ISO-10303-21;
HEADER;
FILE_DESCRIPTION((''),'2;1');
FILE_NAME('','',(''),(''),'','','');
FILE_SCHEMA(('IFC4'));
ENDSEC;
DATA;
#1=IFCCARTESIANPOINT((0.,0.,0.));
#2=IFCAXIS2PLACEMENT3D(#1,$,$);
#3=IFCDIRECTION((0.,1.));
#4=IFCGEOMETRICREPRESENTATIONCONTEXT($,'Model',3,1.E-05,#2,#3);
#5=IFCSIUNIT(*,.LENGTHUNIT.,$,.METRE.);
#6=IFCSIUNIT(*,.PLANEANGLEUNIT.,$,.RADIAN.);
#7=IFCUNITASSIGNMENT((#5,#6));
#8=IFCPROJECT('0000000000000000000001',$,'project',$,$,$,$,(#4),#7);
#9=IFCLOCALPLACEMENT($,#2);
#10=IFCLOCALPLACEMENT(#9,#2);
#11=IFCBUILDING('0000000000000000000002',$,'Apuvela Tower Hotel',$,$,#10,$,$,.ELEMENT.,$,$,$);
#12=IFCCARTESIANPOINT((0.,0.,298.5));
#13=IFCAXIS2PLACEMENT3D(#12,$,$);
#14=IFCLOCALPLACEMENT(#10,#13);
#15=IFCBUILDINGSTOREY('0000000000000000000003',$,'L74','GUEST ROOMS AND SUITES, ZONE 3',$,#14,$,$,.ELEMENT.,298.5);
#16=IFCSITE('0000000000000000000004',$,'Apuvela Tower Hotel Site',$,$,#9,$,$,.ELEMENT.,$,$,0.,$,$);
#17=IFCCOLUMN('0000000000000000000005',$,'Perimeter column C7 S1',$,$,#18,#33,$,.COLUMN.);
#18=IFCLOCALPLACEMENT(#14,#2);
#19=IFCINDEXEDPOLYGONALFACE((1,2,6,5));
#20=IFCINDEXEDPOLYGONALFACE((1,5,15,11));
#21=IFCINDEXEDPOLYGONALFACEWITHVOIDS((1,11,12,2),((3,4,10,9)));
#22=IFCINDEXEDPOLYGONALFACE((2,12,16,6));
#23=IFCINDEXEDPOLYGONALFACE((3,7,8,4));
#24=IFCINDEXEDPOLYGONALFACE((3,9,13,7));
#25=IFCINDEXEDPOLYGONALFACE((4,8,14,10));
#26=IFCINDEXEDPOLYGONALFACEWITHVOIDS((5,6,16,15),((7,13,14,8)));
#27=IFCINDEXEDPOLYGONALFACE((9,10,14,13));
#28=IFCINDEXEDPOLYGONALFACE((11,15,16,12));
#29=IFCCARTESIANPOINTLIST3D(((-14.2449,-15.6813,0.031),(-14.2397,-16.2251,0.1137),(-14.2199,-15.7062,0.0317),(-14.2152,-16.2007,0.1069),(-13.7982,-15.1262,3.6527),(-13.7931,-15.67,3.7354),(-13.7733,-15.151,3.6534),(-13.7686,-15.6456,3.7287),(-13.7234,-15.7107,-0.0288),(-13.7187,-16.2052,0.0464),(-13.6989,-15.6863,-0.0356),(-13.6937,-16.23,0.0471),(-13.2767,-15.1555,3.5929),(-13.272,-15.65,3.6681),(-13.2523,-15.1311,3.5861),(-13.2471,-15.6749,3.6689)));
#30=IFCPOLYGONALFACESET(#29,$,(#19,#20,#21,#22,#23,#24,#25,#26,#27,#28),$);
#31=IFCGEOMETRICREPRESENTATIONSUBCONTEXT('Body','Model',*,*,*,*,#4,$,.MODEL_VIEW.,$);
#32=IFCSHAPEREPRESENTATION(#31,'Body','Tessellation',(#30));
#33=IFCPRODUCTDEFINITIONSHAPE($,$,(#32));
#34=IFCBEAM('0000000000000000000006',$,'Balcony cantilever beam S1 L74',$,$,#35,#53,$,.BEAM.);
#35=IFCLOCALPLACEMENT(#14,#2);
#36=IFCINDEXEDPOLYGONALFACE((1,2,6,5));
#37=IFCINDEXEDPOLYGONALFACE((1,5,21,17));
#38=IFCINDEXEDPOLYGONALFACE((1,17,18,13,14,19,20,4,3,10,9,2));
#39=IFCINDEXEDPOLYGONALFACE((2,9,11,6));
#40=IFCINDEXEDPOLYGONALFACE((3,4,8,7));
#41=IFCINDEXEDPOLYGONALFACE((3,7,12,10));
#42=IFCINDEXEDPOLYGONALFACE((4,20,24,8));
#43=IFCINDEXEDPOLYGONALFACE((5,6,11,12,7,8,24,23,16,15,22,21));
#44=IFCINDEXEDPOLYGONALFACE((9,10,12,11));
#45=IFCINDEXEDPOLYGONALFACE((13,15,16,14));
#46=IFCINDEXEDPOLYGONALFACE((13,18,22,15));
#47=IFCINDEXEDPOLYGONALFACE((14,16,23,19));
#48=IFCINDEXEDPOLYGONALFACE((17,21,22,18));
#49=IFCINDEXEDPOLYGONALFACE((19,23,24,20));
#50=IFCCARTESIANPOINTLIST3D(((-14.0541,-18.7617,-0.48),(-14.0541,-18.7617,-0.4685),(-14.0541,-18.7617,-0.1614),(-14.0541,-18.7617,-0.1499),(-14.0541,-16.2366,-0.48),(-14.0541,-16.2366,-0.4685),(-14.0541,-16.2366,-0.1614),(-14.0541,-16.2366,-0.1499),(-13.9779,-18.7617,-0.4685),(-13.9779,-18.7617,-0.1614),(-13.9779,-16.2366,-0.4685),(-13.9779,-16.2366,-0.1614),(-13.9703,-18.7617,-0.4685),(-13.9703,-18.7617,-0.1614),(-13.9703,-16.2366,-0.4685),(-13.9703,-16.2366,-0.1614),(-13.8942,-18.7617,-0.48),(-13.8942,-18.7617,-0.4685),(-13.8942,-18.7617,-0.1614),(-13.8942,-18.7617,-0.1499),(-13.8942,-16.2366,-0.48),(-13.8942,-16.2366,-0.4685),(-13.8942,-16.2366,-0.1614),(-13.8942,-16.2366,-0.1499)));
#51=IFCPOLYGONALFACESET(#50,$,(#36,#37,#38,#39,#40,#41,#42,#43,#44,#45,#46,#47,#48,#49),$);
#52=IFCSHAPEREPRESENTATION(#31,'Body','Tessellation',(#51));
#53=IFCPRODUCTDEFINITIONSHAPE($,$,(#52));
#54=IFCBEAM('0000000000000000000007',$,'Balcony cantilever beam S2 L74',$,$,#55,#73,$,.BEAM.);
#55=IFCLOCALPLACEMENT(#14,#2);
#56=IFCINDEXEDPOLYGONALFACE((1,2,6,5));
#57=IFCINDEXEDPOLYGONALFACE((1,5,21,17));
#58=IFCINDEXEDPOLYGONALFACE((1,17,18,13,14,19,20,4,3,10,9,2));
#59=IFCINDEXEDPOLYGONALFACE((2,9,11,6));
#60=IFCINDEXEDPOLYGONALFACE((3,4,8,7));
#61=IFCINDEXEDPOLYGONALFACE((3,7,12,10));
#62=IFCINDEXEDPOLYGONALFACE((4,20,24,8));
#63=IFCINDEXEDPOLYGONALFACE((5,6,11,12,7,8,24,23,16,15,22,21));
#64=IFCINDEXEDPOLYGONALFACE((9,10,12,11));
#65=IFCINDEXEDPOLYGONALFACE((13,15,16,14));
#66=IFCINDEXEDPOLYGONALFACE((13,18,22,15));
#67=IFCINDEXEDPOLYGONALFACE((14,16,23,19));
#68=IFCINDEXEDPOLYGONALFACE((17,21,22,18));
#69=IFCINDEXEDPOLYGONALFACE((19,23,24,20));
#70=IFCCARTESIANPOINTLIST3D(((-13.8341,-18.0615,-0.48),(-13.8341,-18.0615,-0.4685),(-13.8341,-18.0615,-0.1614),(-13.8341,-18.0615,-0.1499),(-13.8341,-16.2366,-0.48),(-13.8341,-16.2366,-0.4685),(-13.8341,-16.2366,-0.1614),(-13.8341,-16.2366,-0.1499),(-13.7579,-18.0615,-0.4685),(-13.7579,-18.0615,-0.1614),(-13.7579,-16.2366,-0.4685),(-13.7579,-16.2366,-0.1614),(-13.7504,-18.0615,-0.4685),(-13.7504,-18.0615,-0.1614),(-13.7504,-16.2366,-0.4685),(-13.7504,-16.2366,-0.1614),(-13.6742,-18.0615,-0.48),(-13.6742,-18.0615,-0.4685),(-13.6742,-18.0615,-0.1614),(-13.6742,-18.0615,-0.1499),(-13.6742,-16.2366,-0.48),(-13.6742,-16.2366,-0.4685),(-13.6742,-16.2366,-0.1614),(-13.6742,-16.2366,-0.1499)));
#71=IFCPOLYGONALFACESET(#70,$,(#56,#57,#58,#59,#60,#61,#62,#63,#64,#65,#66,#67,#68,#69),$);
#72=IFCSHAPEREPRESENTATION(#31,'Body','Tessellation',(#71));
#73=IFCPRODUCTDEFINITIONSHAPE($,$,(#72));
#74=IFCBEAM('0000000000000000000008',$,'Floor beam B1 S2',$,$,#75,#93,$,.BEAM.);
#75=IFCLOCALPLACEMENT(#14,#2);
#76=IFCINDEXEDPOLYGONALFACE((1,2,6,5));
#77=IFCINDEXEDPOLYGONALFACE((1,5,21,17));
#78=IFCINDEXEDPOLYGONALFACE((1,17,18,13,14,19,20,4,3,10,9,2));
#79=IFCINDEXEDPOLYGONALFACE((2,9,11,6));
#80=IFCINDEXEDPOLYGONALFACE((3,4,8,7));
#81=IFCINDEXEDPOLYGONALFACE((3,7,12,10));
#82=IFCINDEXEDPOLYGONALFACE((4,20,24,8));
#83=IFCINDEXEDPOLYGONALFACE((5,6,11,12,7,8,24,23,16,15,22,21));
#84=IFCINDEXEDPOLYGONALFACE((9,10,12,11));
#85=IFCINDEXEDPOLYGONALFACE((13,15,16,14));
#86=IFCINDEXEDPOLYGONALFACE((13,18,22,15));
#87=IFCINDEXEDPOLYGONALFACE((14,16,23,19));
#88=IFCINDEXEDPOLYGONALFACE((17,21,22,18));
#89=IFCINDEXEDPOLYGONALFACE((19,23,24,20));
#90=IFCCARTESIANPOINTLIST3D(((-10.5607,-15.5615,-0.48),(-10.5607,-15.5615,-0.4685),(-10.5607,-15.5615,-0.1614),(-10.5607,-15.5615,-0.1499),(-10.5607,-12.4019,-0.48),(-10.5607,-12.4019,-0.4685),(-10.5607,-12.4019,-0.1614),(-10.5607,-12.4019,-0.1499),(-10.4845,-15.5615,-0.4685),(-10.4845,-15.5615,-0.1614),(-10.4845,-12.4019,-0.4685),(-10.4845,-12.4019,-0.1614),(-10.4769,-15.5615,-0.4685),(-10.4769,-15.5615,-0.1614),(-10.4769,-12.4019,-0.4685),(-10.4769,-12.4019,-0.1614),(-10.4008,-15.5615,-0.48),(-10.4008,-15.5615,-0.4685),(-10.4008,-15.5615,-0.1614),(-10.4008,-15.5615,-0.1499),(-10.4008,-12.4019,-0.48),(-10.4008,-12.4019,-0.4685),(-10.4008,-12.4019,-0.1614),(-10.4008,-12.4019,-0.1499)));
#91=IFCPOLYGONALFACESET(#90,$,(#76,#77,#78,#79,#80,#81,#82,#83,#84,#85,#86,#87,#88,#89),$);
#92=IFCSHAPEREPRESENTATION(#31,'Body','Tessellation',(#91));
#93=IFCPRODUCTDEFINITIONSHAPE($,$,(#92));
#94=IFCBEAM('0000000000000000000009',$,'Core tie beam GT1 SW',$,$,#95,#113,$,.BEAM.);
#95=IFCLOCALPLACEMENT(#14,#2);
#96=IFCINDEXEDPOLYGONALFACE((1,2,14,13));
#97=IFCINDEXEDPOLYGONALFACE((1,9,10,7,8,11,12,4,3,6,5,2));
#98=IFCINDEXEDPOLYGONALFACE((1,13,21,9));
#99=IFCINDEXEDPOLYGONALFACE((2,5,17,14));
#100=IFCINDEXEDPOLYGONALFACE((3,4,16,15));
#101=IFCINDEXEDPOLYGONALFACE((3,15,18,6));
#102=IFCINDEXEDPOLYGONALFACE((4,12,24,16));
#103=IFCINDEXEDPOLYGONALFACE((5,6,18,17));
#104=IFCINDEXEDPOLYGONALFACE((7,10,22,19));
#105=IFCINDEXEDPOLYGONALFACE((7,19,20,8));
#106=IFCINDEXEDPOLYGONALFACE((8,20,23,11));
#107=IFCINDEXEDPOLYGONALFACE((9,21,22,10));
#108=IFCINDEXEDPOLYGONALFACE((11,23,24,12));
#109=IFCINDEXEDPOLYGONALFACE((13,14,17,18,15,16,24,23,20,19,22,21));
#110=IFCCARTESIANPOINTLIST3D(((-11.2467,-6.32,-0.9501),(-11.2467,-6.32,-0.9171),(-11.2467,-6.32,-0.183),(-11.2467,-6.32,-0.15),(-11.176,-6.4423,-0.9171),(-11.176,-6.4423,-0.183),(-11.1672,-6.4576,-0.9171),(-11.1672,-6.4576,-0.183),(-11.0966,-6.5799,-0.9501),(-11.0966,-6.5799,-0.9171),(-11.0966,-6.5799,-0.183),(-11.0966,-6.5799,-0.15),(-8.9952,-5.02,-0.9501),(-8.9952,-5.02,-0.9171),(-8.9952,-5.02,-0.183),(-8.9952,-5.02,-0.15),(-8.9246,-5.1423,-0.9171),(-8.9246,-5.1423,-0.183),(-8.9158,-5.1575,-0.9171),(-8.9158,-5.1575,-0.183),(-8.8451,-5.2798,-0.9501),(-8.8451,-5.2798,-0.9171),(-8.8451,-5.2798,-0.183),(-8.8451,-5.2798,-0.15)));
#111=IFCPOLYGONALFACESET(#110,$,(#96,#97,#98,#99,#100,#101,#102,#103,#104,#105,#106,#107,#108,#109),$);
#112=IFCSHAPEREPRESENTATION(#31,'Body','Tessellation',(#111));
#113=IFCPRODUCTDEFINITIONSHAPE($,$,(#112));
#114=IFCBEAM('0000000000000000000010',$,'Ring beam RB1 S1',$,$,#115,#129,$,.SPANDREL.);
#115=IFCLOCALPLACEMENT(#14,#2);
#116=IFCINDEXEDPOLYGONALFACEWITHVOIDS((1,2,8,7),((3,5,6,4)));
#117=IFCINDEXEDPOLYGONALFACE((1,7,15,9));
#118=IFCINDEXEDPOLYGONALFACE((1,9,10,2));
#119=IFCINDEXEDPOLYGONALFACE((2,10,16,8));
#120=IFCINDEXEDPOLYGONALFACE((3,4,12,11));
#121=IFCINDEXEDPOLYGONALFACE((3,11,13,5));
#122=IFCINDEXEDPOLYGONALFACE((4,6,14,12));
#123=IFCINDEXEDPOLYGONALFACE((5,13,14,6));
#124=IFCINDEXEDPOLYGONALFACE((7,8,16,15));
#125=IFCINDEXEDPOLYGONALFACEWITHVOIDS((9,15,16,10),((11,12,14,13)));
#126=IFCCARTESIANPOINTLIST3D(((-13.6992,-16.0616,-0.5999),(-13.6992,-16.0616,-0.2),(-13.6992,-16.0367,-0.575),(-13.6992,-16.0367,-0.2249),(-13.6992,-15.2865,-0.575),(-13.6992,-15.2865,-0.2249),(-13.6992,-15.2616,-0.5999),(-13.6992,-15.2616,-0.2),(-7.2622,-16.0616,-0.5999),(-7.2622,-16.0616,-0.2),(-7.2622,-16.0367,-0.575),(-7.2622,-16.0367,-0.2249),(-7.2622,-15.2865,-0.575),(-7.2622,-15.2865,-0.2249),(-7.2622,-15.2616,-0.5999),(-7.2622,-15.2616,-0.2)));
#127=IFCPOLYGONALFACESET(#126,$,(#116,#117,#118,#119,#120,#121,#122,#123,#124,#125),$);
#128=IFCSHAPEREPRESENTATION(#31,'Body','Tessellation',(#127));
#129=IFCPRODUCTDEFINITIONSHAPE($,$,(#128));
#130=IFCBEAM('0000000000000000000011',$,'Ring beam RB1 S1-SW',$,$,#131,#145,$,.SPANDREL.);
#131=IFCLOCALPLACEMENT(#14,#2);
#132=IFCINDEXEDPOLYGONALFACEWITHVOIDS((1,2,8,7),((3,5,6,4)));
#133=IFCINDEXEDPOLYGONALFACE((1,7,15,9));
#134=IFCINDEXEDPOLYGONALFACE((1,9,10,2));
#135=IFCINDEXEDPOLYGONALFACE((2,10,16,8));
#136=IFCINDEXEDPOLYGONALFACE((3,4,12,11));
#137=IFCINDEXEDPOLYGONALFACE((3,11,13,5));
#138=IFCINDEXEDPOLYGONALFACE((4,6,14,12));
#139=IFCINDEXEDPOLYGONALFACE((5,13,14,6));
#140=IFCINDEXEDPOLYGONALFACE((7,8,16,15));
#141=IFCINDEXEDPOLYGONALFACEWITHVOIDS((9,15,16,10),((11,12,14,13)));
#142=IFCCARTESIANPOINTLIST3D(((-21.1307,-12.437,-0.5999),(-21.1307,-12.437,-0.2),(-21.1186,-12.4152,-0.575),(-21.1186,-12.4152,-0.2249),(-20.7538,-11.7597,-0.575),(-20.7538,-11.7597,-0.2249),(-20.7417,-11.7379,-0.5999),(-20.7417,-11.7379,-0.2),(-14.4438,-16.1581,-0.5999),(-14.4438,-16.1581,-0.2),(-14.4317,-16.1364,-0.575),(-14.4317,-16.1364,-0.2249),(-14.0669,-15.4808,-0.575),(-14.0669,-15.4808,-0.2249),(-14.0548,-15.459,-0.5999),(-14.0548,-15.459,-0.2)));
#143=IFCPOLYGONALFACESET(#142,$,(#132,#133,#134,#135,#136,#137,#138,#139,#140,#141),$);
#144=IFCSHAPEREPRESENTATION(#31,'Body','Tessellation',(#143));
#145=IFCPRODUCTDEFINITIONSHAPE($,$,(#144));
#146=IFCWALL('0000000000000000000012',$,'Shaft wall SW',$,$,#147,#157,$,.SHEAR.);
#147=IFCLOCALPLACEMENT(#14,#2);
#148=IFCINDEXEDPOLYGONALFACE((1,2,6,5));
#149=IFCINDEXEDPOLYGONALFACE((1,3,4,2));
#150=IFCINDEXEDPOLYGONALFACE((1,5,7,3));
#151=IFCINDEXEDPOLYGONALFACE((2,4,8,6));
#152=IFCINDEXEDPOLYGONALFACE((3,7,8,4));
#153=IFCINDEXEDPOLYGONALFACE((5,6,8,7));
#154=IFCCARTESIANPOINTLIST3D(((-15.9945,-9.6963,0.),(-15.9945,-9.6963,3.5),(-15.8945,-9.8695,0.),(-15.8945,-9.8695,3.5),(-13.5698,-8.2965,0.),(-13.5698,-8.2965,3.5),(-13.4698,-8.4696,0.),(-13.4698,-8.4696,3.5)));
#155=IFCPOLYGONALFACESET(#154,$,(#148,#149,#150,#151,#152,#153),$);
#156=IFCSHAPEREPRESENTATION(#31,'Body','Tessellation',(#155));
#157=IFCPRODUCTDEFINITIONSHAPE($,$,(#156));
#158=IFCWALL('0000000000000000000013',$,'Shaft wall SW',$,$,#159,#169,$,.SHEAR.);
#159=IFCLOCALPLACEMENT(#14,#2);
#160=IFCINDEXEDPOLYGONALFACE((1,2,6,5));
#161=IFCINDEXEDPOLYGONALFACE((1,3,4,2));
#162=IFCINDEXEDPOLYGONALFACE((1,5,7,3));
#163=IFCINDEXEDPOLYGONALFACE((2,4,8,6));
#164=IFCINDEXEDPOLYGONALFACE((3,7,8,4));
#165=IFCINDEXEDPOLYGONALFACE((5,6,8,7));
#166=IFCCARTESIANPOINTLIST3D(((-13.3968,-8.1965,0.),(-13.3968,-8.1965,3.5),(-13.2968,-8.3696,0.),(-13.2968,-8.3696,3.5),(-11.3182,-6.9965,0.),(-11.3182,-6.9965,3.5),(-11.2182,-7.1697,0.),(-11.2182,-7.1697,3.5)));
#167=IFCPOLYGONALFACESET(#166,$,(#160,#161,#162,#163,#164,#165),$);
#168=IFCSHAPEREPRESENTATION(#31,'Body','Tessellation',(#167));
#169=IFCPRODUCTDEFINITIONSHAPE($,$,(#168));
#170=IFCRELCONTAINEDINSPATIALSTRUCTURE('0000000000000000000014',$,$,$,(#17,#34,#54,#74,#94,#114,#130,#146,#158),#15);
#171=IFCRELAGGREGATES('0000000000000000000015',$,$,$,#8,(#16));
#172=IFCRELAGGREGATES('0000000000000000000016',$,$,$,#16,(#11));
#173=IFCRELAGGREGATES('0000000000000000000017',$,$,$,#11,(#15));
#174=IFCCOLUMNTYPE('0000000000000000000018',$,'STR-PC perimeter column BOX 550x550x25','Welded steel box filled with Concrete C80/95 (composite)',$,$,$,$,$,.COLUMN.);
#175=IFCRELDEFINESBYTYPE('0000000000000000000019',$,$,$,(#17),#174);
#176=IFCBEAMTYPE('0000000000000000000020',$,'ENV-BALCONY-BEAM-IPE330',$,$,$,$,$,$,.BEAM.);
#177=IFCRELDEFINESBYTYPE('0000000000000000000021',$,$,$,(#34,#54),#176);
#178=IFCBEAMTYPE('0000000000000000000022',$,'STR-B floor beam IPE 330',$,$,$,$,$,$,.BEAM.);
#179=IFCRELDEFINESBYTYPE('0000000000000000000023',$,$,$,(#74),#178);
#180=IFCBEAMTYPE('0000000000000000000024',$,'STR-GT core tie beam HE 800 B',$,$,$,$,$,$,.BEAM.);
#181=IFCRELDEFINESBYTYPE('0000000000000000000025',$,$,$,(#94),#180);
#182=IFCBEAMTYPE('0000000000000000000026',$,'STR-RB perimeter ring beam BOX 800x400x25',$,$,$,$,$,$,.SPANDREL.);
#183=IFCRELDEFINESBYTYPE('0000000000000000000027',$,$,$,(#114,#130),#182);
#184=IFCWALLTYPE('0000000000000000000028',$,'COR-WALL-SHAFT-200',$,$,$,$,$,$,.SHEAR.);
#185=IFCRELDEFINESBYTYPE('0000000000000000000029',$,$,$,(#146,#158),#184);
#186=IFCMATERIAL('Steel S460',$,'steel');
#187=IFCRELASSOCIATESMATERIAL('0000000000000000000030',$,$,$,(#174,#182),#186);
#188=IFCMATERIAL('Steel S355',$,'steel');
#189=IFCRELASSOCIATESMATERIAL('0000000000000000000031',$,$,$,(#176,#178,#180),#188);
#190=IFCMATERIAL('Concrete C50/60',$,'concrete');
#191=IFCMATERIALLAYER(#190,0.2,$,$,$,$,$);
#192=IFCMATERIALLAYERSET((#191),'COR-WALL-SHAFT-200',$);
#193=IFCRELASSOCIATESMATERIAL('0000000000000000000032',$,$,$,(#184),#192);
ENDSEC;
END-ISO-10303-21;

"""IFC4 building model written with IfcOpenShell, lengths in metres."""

from ifc_helpers import new_model, si_unit, direction, frame, frame_2d, origin, origin_2d, place, context, subcontext, project, spatial, rectangle, hollow_rectangle, i_section, extrude, boolean, halfspace, material, layer, layer_set, material_profile, profile_set, type_object, element, save


model = new_model("IFC4")

# Units and contexts
model_context = context("Model", 3, precision=1e-05, world=origin(), true_north=direction((0.0, 1.0)))
body_context = subcontext(model_context, "Body", "Model", "MODEL_VIEW")
ifc_project = project(units=[si_unit("LENGTHUNIT", "METRE"), si_unit("PLANEANGLEUNIT", "RADIAN")], contexts=[model_context])

# Site, building, storey
site_placement = place(None, origin())
site = spatial("IfcSite", under=ifc_project, at=site_placement, Name="Apuvela Tower Hotel Site", CompositionType="ELEMENT", RefElevation=0.0)
building_placement = place(site_placement, origin())
building = spatial("IfcBuilding", under=site, at=building_placement, Name="Apuvela Tower Hotel", CompositionType="ELEMENT")
storey_placement = place(building_placement, frame((0.0, 0.0, 298.5)))
storey = spatial("IfcBuildingStorey", under=building, at=storey_placement, Name="L74", Description="GUEST ROOMS AND SUITES, ZONE 3", CompositionType="ELEMENT", Elevation=298.5)

# Column
ifc_material_1 = material(Name="Steel S460", Category="steel")
ifc_material_profile_1 = material_profile(ifc_material_1, hollow_rectangle(XDim=0.55, YDim=0.55, WallThickness=0.0249, at=origin_2d()), Name="BOX 550x550x25")
ifc_material_2 = material(Name="Concrete C80/95", Category="concrete")
ifc_material_profile_2 = material_profile(ifc_material_2, rectangle(XDim=0.5, YDim=0.5, at=origin_2d()), Name="Concrete C80/95 infill")
ifc_profile_set_1 = profile_set([ifc_material_profile_1, ifc_material_profile_2], Name="Steel S460")
column_type = type_object("IfcColumnType", Name="STR-PC perimeter column BOX 550x550x25", Description="Welded steel box filled with Concrete C80/95 (composite)", PredefinedType="COLUMN", material=ifc_profile_set_1)
column_placement = place(storey_placement, frame((-13.9741, -15.9617, 0.0), z_axis=(0.121006, 0.1504, 0.981192), x_axis=(-0.992607, 0.00896, 0.121041)))
element("IfcColumn", 1, at=column_placement, inside=storey, type_object=column_type, Name="Perimeter column C7 S1", PredefinedType="COLUMN", context=body_context, shape_type="SweptSolid", body=[
    boolean("DIFFERENCE", boolean("DIFFERENCE", extrude(hollow_rectangle(XDim=0.55, YDim=0.55, WallThickness=0.0249, at=origin_2d()), origin(), (0.0, 0.0, 1.0), 3.771), halfspace(frame((0.0, 0.0, 0.0398), z_axis=(0.0, 0.0, 1.0), x_axis=(1.0, 0.0, 0.0)), True)), halfspace(frame((0.0, 0.0, 3.731), z_axis=(0.0, 0.0, 1.0), x_axis=(1.0, 0.0, 0.0)), False)),
])

# Beams
ifc_material_3 = material(Name="Steel S355", Category="steel")
ifc_material_profile_3 = material_profile(ifc_material_3, i_section(OverallWidth=0.1599, OverallDepth=0.3301, WebThickness=0.0076, FlangeThickness=0.0115, at=origin_2d()), Name="IPE 330")
ifc_profile_set_2 = profile_set([ifc_material_profile_3], Name="Steel S355")
beam_type_1 = type_object("IfcBeamType", Name="ENV-BALCONY-BEAM-IPE330", PredefinedType="BEAM", material=ifc_profile_set_2)
beam_1_placement = place(storey_placement, frame((-13.9741, -16.2366, -0.3149), z_axis=(0.0, -1.0, 0.0), x_axis=(1.0, 0.0, 0.0)))
element("IfcBeam", 2, at=beam_1_placement, inside=storey, type_object=beam_type_1, Name="Balcony cantilever beam S1 L74", PredefinedType="BEAM", context=body_context, shape_type="SweptSolid", body=[
    extrude(i_section(OverallWidth=0.1599, OverallDepth=0.3301, WebThickness=0.0076, FlangeThickness=0.0115, at=origin_2d()), origin(), (0.0, 0.0, 1.0), 2.5251),
])
beam_2_placement = place(storey_placement, frame((-13.7542, -16.2366, -0.3149), z_axis=(0.0, -1.0, 0.0), x_axis=(1.0, 0.0, 0.0)))
element("IfcBeam", 3, at=beam_2_placement, inside=storey, type_object=beam_type_1, Name="Balcony cantilever beam S2 L74", PredefinedType="BEAM", context=body_context, shape_type="SweptSolid", body=[
    extrude(i_section(OverallWidth=0.1599, OverallDepth=0.3301, WebThickness=0.0076, FlangeThickness=0.0115, at=origin_2d()), origin(), (0.0, 0.0, 1.0), 1.825),
])
ifc_material_profile_4 = material_profile(ifc_material_3, i_section(OverallWidth=0.1599, OverallDepth=0.3301, WebThickness=0.0076, FlangeThickness=0.0115, at=origin_2d()), Name="IPE 330")
ifc_profile_set_3 = profile_set([ifc_material_profile_4], Name="Steel S355")
beam_type_2 = type_object("IfcBeamType", Name="STR-B floor beam IPE 330", PredefinedType="BEAM", material=ifc_profile_set_3)
beam_3_placement = place(storey_placement, frame((-10.4807, -15.5615, -0.3149), z_axis=(0.0, 1.0, 0.0), x_axis=(-1.0, 0.0, 0.0)))
element("IfcBeam", 4, at=beam_3_placement, inside=storey, type_object=beam_type_2, Name="Floor beam B1 S2", PredefinedType="BEAM", context=body_context, shape_type="SweptSolid", body=[
    extrude(i_section(OverallWidth=0.1599, OverallDepth=0.3301, WebThickness=0.0076, FlangeThickness=0.0115, at=origin_2d()), origin(), (0.0, 0.0, 1.0), 3.1597),
])
ifc_material_profile_5 = material_profile(ifc_material_3, i_section(OverallWidth=0.3, OverallDepth=0.8, WebThickness=0.0176, FlangeThickness=0.033, at=origin_2d()), Name="HE 800 B")
ifc_profile_set_4 = profile_set([ifc_material_profile_5], Name="Steel S355")
beam_type_3 = type_object("IfcBeamType", Name="STR-GT core tie beam HE 800 B", PredefinedType="BEAM", material=ifc_profile_set_4)
beam_4_placement = place(storey_placement, frame((-11.1716, -6.45, -0.55), z_axis=(0.865998, 0.500048, 0.0), x_axis=(-0.500048, 0.865998, 0.0)))
element("IfcBeam", 5, at=beam_4_placement, inside=storey, type_object=beam_type_3, Name="Core tie beam GT1 SW", PredefinedType="BEAM", context=body_context, shape_type="SweptSolid", body=[
    extrude(i_section(OverallWidth=0.3, OverallDepth=0.8, WebThickness=0.0176, FlangeThickness=0.033, at=origin_2d()), origin(), (0.0, 0.0, 1.0), 2.5999),
])
ifc_material_profile_6 = material_profile(ifc_material_1, hollow_rectangle(XDim=0.8, YDim=0.3999, WallThickness=0.0249, at=origin_2d()), Name="BOX 800x400x25")
ifc_profile_set_5 = profile_set([ifc_material_profile_6], Name="Steel S460")
beam_type_4 = type_object("IfcBeamType", Name="STR-RB perimeter ring beam BOX 800x400x25", PredefinedType="SPANDREL", material=ifc_profile_set_5)
beam_5_placement = place(storey_placement, frame((-13.6992, -15.6616, -0.3999), z_axis=(1.0, 0.0, 0.0), x_axis=(0.0, 1.0, 0.0)))
element("IfcBeam", 6, at=beam_5_placement, inside=storey, type_object=beam_type_4, Name="Ring beam RB1 S1", PredefinedType="SPANDREL", context=body_context, shape_type="SweptSolid", body=[
    extrude(hollow_rectangle(XDim=0.8, YDim=0.3999, WallThickness=0.0249, at=origin_2d()), origin(), (0.0, 0.0, 1.0), 6.437),
])
beam_6_placement = place(storey_placement, frame((-14.2493, -15.8086, -0.3999), z_axis=(-0.873814, 0.48626, 0.0), x_axis=(-0.48626, -0.873814, 0.0)))
element("IfcBeam", 7, at=beam_6_placement, inside=storey, type_object=beam_type_4, Name="Ring beam RB1 S1-SW", PredefinedType="SPANDREL", context=body_context, shape_type="SweptSolid", body=[
    extrude(hollow_rectangle(XDim=0.8, YDim=0.3999, WallThickness=0.0249, at=origin_2d()), origin(), (0.0, 0.0, 1.0), 7.6526),
])

# Walls
ifc_material_4 = material(Name="Concrete C50/60", Category="concrete")
ifc_layer_1 = layer(ifc_material_4, 0.2)
ifc_layer_set_1 = layer_set([ifc_layer_1], Name="COR-WALL-SHAFT-200")
wall_type_1 = type_object("IfcWallType", Name="COR-WALL-SHAFT-200", PredefinedType="SHEAR", material=ifc_layer_set_1)
wall_1_placement = place(storey_placement, frame((-13.5198, -8.3831, 0.0), z_axis=(0.0, 0.0, 1.0), x_axis=(-0.866035, -0.499984, 0.0)))
element("IfcWall", 8, at=wall_1_placement, inside=storey, type_object=wall_type_1, Name="Shaft wall SW", PredefinedType="SHEAR", context=body_context, shape_type="SweptSolid", body=[
    extrude(rectangle(XDim=2.7998, YDim=0.2, at=frame_2d((1.3999, 0.0))), origin(), (0.0, 0.0, 1.0), 3.5),
])
wall_2_placement = place(storey_placement, frame((-11.2681, -7.083, 0.0), z_axis=(0.0, 0.0, 1.0), x_axis=(-0.86605, -0.499957, 0.0)))
element("IfcWall", 9, at=wall_2_placement, inside=storey, type_object=wall_type_1, Name="Shaft wall SW", PredefinedType="SHEAR", context=body_context, shape_type="SweptSolid", body=[
    extrude(rectangle(XDim=2.4001, YDim=0.2, at=frame_2d((1.2002, 0.0))), origin(), (0.0, 0.0, 1.0), 3.5),
])

save(model, "model.ifc")
